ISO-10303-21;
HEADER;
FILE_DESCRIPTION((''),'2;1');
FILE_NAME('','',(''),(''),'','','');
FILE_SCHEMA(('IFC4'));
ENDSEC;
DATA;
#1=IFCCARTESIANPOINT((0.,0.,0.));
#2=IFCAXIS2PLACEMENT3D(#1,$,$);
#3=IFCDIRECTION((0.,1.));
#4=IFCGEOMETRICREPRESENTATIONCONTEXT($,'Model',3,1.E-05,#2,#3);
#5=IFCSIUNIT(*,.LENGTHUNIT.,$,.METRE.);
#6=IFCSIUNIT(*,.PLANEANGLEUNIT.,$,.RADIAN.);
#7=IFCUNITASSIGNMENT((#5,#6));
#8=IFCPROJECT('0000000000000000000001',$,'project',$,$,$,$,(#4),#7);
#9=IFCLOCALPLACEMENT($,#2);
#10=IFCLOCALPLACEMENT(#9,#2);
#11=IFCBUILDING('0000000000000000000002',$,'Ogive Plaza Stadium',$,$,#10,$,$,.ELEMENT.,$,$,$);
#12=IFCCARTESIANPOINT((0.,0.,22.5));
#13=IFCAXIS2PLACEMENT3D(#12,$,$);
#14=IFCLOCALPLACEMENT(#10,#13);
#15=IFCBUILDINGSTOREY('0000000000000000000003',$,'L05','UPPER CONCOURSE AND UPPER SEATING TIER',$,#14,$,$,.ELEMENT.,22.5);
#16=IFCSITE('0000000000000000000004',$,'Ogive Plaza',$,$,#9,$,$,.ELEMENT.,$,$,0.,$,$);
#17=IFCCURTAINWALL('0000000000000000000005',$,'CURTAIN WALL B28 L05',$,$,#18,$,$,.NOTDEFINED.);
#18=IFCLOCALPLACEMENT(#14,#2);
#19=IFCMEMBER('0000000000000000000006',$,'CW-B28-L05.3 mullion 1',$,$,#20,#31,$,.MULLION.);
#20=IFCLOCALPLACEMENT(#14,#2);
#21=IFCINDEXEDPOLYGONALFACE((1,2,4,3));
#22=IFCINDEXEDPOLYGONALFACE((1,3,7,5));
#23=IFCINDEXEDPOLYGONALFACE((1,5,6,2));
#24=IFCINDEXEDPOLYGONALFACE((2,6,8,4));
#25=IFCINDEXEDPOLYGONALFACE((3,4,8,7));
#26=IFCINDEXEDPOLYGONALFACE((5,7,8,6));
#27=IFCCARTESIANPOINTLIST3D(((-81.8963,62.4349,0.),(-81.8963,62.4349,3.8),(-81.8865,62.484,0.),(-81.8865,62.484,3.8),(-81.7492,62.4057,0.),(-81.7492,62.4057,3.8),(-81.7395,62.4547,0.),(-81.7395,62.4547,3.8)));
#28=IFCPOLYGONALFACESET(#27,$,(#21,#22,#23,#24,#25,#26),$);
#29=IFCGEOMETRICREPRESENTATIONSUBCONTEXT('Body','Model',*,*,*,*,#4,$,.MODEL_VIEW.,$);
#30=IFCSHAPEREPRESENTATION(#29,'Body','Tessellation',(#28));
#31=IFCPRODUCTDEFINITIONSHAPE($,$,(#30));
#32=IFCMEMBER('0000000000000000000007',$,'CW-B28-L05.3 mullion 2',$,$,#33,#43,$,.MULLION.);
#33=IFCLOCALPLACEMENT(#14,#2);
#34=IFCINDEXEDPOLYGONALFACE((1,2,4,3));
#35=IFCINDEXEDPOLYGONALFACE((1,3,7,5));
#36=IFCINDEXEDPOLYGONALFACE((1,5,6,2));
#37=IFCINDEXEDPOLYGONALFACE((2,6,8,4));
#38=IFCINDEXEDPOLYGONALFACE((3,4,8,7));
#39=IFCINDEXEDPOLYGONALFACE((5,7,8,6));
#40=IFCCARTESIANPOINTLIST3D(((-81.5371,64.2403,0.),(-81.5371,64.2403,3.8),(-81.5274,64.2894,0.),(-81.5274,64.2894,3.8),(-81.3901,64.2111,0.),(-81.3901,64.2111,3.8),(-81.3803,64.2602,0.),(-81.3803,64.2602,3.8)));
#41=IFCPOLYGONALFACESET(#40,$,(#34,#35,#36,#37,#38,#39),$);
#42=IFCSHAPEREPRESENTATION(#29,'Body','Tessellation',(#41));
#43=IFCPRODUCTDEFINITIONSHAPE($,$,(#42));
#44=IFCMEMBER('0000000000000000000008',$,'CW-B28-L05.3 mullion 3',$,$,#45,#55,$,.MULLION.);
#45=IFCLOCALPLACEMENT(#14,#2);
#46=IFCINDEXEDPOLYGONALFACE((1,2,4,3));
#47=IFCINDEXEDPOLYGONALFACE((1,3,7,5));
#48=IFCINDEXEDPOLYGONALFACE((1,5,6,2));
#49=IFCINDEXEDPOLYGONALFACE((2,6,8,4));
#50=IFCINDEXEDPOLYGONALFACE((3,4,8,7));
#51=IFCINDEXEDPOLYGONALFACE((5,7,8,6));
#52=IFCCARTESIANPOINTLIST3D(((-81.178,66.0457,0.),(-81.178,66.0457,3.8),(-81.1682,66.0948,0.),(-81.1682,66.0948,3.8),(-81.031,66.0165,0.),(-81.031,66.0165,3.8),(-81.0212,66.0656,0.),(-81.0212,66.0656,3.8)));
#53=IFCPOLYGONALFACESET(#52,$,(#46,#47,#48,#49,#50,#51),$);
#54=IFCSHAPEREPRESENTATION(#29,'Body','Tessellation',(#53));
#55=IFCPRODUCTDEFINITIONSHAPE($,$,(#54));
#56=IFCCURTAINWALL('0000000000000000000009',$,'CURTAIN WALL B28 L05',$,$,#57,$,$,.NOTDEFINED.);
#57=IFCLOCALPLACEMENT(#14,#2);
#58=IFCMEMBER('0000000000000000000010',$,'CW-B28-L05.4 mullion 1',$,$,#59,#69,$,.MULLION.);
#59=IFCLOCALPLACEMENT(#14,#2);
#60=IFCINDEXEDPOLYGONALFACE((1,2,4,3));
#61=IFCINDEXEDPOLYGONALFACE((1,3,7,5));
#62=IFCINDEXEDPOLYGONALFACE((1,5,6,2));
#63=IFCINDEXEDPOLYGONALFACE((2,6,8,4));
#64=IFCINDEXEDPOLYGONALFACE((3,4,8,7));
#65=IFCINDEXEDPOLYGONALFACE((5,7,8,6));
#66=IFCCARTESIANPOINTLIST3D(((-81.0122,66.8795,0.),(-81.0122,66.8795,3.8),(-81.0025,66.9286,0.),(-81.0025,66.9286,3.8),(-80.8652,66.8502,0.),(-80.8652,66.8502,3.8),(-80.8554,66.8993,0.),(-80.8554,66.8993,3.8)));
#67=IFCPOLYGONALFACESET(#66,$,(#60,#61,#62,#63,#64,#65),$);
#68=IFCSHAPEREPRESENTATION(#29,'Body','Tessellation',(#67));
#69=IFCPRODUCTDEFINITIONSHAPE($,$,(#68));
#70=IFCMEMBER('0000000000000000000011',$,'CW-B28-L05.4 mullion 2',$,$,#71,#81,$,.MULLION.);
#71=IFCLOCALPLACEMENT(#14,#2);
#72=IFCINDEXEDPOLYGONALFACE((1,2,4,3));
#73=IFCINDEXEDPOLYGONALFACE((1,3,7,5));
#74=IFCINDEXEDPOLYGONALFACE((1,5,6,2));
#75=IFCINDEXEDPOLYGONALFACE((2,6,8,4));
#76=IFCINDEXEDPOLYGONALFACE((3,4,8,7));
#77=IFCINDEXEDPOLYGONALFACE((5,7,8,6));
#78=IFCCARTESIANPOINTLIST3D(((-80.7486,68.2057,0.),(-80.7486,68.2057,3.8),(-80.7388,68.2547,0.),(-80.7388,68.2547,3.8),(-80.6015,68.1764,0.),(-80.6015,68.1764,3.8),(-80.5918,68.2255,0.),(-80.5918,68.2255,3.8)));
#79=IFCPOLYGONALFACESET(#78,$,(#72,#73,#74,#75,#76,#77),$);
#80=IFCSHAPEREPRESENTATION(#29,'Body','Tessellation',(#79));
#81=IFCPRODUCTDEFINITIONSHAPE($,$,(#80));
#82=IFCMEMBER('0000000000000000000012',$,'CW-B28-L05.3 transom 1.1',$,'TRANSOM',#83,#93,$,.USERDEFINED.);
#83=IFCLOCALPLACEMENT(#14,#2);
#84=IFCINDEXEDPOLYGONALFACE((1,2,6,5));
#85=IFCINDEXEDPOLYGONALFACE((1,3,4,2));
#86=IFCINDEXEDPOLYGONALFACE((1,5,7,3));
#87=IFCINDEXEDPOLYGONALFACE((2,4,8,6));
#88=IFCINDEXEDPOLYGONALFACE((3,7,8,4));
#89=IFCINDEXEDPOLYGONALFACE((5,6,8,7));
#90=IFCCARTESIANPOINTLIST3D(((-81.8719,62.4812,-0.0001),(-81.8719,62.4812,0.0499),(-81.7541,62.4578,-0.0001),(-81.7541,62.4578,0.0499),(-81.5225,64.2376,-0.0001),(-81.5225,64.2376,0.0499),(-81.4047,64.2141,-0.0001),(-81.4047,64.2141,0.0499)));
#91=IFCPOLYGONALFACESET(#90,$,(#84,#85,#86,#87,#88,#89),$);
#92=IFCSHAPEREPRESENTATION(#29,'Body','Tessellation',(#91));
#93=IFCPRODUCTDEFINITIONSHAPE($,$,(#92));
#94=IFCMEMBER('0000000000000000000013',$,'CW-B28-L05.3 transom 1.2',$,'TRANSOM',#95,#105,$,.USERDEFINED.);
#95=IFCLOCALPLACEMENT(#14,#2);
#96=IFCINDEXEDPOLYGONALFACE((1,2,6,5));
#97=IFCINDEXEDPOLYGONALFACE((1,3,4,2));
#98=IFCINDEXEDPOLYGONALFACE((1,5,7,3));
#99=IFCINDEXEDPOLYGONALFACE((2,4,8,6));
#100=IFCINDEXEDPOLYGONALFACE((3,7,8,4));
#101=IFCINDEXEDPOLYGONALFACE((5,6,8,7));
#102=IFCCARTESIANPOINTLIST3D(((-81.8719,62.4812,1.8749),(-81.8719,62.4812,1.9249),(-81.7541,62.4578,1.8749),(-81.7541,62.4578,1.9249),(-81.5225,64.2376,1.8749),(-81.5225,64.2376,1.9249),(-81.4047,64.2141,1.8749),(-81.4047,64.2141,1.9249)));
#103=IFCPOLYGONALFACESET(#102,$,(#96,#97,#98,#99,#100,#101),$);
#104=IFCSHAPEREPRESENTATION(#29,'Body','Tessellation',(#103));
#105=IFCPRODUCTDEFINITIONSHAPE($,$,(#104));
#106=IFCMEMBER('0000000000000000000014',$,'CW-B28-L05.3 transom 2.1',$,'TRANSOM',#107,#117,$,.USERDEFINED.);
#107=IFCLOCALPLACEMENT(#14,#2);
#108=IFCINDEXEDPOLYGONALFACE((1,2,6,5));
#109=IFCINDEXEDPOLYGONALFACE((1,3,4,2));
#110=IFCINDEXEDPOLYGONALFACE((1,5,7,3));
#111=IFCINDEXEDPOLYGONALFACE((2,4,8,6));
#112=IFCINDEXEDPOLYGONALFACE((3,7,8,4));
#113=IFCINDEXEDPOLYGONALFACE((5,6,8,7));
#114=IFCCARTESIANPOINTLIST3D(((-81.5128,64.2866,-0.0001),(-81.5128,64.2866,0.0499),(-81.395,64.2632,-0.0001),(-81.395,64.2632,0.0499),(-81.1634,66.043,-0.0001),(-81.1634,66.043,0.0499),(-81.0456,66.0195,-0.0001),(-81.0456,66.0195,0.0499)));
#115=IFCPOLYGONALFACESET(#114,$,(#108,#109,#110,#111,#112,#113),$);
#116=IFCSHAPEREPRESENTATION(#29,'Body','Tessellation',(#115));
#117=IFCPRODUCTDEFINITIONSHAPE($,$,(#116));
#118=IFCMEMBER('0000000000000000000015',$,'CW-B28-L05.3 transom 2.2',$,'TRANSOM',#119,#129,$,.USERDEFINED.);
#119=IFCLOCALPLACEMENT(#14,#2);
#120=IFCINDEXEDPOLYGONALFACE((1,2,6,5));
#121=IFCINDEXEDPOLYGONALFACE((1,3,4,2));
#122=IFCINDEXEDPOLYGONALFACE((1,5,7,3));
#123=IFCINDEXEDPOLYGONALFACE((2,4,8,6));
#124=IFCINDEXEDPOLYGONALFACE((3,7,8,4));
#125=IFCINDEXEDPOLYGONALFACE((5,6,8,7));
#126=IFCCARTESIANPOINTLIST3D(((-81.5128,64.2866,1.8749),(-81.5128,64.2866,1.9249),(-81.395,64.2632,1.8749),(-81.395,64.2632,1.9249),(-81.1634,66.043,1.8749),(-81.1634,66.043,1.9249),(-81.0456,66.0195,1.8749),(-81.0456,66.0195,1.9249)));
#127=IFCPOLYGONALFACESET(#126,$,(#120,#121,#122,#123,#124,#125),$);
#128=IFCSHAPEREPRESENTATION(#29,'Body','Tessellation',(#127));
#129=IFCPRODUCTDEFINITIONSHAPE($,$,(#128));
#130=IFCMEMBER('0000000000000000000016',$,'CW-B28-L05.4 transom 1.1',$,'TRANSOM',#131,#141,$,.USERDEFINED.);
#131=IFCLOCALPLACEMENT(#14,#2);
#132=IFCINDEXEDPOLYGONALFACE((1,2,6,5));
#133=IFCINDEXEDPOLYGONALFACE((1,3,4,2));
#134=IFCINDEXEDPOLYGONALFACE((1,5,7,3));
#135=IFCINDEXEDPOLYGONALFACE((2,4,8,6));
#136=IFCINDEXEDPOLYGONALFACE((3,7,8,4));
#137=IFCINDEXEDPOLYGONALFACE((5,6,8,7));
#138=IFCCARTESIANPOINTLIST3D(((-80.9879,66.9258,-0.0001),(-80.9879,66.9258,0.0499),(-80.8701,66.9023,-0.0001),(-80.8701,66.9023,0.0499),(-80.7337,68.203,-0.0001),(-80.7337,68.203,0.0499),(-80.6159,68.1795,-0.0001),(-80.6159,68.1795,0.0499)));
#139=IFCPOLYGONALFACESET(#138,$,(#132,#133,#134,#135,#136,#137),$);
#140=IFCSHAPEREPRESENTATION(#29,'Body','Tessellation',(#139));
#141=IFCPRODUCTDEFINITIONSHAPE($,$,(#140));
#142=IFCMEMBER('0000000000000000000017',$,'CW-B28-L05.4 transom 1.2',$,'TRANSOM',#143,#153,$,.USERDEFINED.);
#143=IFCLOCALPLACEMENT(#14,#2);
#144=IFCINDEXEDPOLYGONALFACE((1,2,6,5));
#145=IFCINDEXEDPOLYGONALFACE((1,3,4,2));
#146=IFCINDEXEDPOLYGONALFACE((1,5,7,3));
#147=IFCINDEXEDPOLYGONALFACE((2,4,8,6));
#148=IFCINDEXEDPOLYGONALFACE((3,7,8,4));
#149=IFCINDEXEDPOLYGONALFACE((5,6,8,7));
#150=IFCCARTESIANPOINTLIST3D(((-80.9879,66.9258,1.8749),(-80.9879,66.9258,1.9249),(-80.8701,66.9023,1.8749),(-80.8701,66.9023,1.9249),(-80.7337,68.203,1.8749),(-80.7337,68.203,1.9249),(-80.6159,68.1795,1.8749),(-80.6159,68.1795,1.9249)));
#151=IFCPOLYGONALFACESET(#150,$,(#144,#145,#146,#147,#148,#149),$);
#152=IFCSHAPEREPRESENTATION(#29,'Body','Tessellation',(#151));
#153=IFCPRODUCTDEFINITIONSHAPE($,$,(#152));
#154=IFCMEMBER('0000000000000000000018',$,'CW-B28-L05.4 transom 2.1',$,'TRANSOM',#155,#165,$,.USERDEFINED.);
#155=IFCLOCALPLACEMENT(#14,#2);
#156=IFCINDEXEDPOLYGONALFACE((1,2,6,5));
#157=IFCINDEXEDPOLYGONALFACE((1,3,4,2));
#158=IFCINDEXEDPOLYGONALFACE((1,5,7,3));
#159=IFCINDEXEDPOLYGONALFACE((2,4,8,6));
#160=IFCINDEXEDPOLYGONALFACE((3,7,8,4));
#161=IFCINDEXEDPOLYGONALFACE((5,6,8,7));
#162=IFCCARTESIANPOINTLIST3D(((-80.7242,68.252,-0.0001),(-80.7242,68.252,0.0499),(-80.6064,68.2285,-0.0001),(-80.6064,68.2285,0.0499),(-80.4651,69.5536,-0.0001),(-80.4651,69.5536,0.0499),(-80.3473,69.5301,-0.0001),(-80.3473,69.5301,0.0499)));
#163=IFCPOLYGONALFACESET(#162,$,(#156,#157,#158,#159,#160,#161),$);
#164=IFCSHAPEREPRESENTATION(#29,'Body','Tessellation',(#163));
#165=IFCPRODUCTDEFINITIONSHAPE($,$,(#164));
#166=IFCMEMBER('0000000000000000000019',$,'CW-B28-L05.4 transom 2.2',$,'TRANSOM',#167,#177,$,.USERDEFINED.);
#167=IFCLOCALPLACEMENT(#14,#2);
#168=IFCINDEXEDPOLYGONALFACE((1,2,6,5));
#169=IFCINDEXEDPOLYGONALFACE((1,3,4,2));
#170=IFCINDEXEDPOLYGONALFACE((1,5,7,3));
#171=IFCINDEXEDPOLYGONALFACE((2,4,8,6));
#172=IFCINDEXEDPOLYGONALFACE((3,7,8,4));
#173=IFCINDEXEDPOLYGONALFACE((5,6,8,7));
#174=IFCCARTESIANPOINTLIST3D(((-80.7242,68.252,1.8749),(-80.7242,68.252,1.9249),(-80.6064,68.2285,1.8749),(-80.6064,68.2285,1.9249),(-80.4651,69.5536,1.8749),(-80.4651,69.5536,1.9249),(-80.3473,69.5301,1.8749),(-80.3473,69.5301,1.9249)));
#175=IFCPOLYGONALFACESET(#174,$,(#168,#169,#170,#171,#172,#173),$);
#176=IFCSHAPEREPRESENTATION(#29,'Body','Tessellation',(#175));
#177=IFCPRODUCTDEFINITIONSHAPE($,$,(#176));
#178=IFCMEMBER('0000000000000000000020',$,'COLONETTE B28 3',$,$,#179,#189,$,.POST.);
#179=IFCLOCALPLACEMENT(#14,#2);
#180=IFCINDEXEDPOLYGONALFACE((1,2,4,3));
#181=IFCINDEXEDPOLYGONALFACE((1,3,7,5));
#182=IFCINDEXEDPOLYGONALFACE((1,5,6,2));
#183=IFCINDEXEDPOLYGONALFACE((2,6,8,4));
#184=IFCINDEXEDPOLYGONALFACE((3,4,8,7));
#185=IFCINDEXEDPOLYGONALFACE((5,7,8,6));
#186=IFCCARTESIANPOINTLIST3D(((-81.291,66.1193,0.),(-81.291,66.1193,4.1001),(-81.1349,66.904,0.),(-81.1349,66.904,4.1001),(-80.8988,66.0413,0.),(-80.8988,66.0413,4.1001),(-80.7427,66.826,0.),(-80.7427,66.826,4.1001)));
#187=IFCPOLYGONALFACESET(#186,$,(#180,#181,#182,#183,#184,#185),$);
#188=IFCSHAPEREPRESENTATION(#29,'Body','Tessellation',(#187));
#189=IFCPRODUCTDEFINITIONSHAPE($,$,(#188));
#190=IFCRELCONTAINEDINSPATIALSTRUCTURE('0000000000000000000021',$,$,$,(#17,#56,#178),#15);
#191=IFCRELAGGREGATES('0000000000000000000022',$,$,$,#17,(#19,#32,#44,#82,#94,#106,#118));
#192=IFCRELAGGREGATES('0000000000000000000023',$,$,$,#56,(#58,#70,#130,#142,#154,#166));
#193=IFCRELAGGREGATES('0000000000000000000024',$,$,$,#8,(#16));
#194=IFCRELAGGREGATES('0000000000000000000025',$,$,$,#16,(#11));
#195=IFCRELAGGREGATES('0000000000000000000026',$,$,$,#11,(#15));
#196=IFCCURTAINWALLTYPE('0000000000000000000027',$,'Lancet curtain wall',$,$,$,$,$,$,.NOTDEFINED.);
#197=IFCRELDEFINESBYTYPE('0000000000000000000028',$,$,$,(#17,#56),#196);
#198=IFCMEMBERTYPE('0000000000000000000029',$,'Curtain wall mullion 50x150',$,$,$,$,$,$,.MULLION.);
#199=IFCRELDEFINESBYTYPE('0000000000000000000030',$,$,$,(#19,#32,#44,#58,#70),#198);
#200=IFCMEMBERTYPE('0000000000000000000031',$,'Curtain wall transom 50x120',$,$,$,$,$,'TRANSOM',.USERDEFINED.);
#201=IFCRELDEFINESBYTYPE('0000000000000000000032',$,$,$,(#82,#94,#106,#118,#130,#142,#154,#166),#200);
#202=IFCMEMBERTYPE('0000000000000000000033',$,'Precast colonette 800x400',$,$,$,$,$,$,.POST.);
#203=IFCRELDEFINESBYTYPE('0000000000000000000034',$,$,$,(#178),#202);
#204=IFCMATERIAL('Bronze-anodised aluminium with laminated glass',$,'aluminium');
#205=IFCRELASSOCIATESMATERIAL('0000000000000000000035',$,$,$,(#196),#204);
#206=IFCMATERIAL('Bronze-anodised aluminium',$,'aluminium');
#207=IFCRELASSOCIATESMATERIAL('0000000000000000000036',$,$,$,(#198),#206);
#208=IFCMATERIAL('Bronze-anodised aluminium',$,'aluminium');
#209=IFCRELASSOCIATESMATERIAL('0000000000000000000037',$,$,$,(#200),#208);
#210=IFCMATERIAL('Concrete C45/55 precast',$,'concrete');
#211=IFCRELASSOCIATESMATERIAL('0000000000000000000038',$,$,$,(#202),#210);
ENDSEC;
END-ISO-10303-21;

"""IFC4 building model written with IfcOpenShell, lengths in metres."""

from ifc_helpers import new_model, si_unit, direction, frame, origin, origin_2d, place, context, subcontext, project, spatial, rectangle, extrude, material, material_profile, profile_set, type_object, element, aggregate, save


model = new_model("IFC4")

# Units and contexts
model_context = context("Model", 3, precision=1e-05, world=origin(), true_north=direction((0.0, 1.0)))
body_context = subcontext(model_context, "Body", "Model", "MODEL_VIEW")
ifc_project = project(units=[si_unit("LENGTHUNIT", "METRE"), si_unit("PLANEANGLEUNIT", "RADIAN")], contexts=[model_context])

# Site, building, storey
site_placement = place(None, origin())
site = spatial("IfcSite", under=ifc_project, at=site_placement, Name="Ogive Plaza", CompositionType="ELEMENT", RefElevation=0.0)
building_placement = place(site_placement, origin())
building = spatial("IfcBuilding", under=site, at=building_placement, Name="Ogive Plaza Stadium", CompositionType="ELEMENT")
storey_placement = place(building_placement, frame((0.0, 0.0, 22.5)))
storey = spatial("IfcBuildingStorey", under=building, at=storey_placement, Name="L05", Description="UPPER CONCOURSE AND UPPER SEATING TIER", CompositionType="ELEMENT", Elevation=22.5)

# Curtain walls, members
ifc_material_1 = material(Name="Bronze-anodised aluminium with laminated glass", Category="aluminium")
curtain_wall_type = type_object("IfcCurtainWallType", Name="Lancet curtain wall", PredefinedType="NOTDEFINED", material=ifc_material_1)
curtain_wall_1_placement = place(storey_placement, origin())
curtain_wall_1 = element("IfcCurtainWall", 1, at=curtain_wall_1_placement, inside=storey, type_object=curtain_wall_type, Name="CURTAIN WALL B28 L05", PredefinedType="NOTDEFINED")
ifc_material_2 = material(Name="Bronze-anodised aluminium", Category="aluminium")
ifc_material_profile_1 = material_profile(ifc_material_2, rectangle(XDim=0.1499, YDim=0.05, at=origin_2d()), Name="AL 150x50")
ifc_profile_set_1 = profile_set([ifc_material_profile_1], Name="Bronze-anodised aluminium")
member_type_1 = type_object("IfcMemberType", Name="Curtain wall mullion 50x150", PredefinedType="MULLION", material=ifc_profile_set_1)
member_1_placement = place(storey_placement, frame((-81.8179, 62.4448, 0.0), z_axis=(0.0, 0.0, 1.0), x_axis=(-0.980785, 0.19509, 0.0)))
member_1 = element("IfcMember", 2, at=member_1_placement, type_object=member_type_1, Name="CW-B28-L05.3 mullion 1", PredefinedType="MULLION", context=body_context, shape_type="SweptSolid", body=[
    extrude(rectangle(XDim=0.1499, YDim=0.05, at=origin_2d()), origin(), (0.0, 0.0, 1.0), 3.8),
])
member_2_placement = place(storey_placement, frame((-81.4587, 64.2502, 0.0), z_axis=(0.0, 0.0, 1.0), x_axis=(-0.980785, 0.19509, 0.0)))
member_2 = element("IfcMember", 3, at=member_2_placement, type_object=member_type_1, Name="CW-B28-L05.3 mullion 2", PredefinedType="MULLION", context=body_context, shape_type="SweptSolid", body=[
    extrude(rectangle(XDim=0.1499, YDim=0.05, at=origin_2d()), origin(), (0.0, 0.0, 1.0), 3.8),
])
member_3_placement = place(storey_placement, frame((-81.0996, 66.0557, 0.0), z_axis=(0.0, 0.0, 1.0), x_axis=(-0.980785, 0.19509, 0.0)))
member_3 = element("IfcMember", 4, at=member_3_placement, type_object=member_type_1, Name="CW-B28-L05.3 mullion 3", PredefinedType="MULLION", context=body_context, shape_type="SweptSolid", body=[
    extrude(rectangle(XDim=0.1499, YDim=0.05, at=origin_2d()), origin(), (0.0, 0.0, 1.0), 3.8),
])
curtain_wall_2_placement = place(storey_placement, origin())
curtain_wall_2 = element("IfcCurtainWall", 5, at=curtain_wall_2_placement, inside=storey, type_object=curtain_wall_type, Name="CURTAIN WALL B28 L05", PredefinedType="NOTDEFINED")
member_4_placement = place(storey_placement, frame((-80.9338, 66.8894, 0.0), z_axis=(0.0, 0.0, 1.0), x_axis=(-0.980785, 0.19509, 0.0)))
member_4 = element("IfcMember", 6, at=member_4_placement, type_object=member_type_1, Name="CW-B28-L05.4 mullion 1", PredefinedType="MULLION", context=body_context, shape_type="SweptSolid", body=[
    extrude(rectangle(XDim=0.1499, YDim=0.05, at=origin_2d()), origin(), (0.0, 0.0, 1.0), 3.8),
])
member_5_placement = place(storey_placement, frame((-80.6702, 68.2156, 0.0), z_axis=(0.0, 0.0, 1.0), x_axis=(-0.980785, 0.19509, 0.0)))
member_5 = element("IfcMember", 7, at=member_5_placement, type_object=member_type_1, Name="CW-B28-L05.4 mullion 2", PredefinedType="MULLION", context=body_context, shape_type="SweptSolid", body=[
    extrude(rectangle(XDim=0.1499, YDim=0.05, at=origin_2d()), origin(), (0.0, 0.0, 1.0), 3.8),
])

# Members
ifc_material_3 = material(Name="Bronze-anodised aluminium", Category="aluminium")
ifc_material_profile_2 = material_profile(ifc_material_3, rectangle(XDim=0.1201, YDim=0.05, at=origin_2d()), Name="AL 120x50")
ifc_profile_set_2 = profile_set([ifc_material_profile_2], Name="Bronze-anodised aluminium")
member_type_2 = type_object("IfcMemberType", Name="Curtain wall transom 50x120", ElementType="TRANSOM", PredefinedType="USERDEFINED", material=ifc_profile_set_2)
member_6_placement = place(storey_placement, frame((-81.813, 62.4695, 0.0249), z_axis=(0.195094, 0.980785, 0.0), x_axis=(-0.980785, 0.195094, 0.0)))
member_6 = element("IfcMember", 8, at=member_6_placement, type_object=member_type_2, Name="CW-B28-L05.3 transom 1.1", ObjectType="TRANSOM", PredefinedType="USERDEFINED", context=body_context, shape_type="SweptSolid", body=[
    extrude(rectangle(XDim=0.1201, YDim=0.05, at=origin_2d()), origin(), (0.0, 0.0, 1.0), 1.7908),
])
member_7_placement = place(storey_placement, frame((-81.813, 62.4695, 1.8999), z_axis=(0.195094, 0.980785, 0.0), x_axis=(-0.980785, 0.195094, 0.0)))
member_7 = element("IfcMember", 9, at=member_7_placement, type_object=member_type_2, Name="CW-B28-L05.3 transom 1.2", ObjectType="TRANSOM", PredefinedType="USERDEFINED", context=body_context, shape_type="SweptSolid", body=[
    extrude(rectangle(XDim=0.1201, YDim=0.05, at=origin_2d()), origin(), (0.0, 0.0, 1.0), 1.7908),
])
member_8_placement = place(storey_placement, frame((-81.4539, 64.2749, 0.0249), z_axis=(0.195094, 0.980785, 0.0), x_axis=(-0.980785, 0.195094, 0.0)))
member_8 = element("IfcMember", 10, at=member_8_placement, type_object=member_type_2, Name="CW-B28-L05.3 transom 2.1", ObjectType="TRANSOM", PredefinedType="USERDEFINED", context=body_context, shape_type="SweptSolid", body=[
    extrude(rectangle(XDim=0.1201, YDim=0.05, at=origin_2d()), origin(), (0.0, 0.0, 1.0), 1.7908),
])
member_9_placement = place(storey_placement, frame((-81.4539, 64.2749, 1.8999), z_axis=(0.195094, 0.980785, 0.0), x_axis=(-0.980785, 0.195094, 0.0)))
member_9 = element("IfcMember", 11, at=member_9_placement, type_object=member_type_2, Name="CW-B28-L05.3 transom 2.2", ObjectType="TRANSOM", PredefinedType="USERDEFINED", context=body_context, shape_type="SweptSolid", body=[
    extrude(rectangle(XDim=0.1201, YDim=0.05, at=origin_2d()), origin(), (0.0, 0.0, 1.0), 1.7908),
])
member_10_placement = place(storey_placement, frame((-80.929, 66.9141, 0.0249), z_axis=(0.195179, 0.980768, 0.0), x_axis=(-0.980768, 0.195179, 0.0)))
member_10 = element("IfcMember", 12, at=member_10_placement, type_object=member_type_2, Name="CW-B28-L05.4 transom 1.1", ObjectType="TRANSOM", PredefinedType="USERDEFINED", context=body_context, shape_type="SweptSolid", body=[
    extrude(rectangle(XDim=0.1201, YDim=0.05, at=origin_2d()), origin(), (0.0, 0.0, 1.0), 1.3022),
])
member_11_placement = place(storey_placement, frame((-80.929, 66.9141, 1.8999), z_axis=(0.195179, 0.980768, 0.0), x_axis=(-0.980768, 0.195179, 0.0)))
member_11 = element("IfcMember", 13, at=member_11_placement, type_object=member_type_2, Name="CW-B28-L05.4 transom 1.2", ObjectType="TRANSOM", PredefinedType="USERDEFINED", context=body_context, shape_type="SweptSolid", body=[
    extrude(rectangle(XDim=0.1201, YDim=0.05, at=origin_2d()), origin(), (0.0, 0.0, 1.0), 1.3022),
])
member_12_placement = place(storey_placement, frame((-80.6653, 68.2402, 0.0249), z_axis=(0.195196, 0.980764, 0.0), x_axis=(-0.980764, 0.195196, 0.0)))
member_12 = element("IfcMember", 14, at=member_12_placement, type_object=member_type_2, Name="CW-B28-L05.4 transom 2.1", ObjectType="TRANSOM", PredefinedType="USERDEFINED", context=body_context, shape_type="SweptSolid", body=[
    extrude(rectangle(XDim=0.1201, YDim=0.05, at=origin_2d()), origin(), (0.0, 0.0, 1.0), 1.3271),
])
member_13_placement = place(storey_placement, frame((-80.6653, 68.2402, 1.8999), z_axis=(0.195196, 0.980764, 0.0), x_axis=(-0.980764, 0.195196, 0.0)))
member_13 = element("IfcMember", 15, at=member_13_placement, type_object=member_type_2, Name="CW-B28-L05.4 transom 2.2", ObjectType="TRANSOM", PredefinedType="USERDEFINED", context=body_context, shape_type="SweptSolid", body=[
    extrude(rectangle(XDim=0.1201, YDim=0.05, at=origin_2d()), origin(), (0.0, 0.0, 1.0), 1.3271),
])
ifc_material_4 = material(Name="Concrete C45/55 precast", Category="concrete")
ifc_material_profile_3 = material_profile(ifc_material_4, rectangle(XDim=0.3999, YDim=0.8, at=origin_2d()), Name="RC 400x800")
ifc_profile_set_3 = profile_set([ifc_material_profile_3], Name="Concrete C45/55 precast")
member_type_3 = type_object("IfcMemberType", Name="Precast colonette 800x400", PredefinedType="POST", material=ifc_profile_set_3)
member_14_placement = place(storey_placement, frame((-81.0168, 66.4727, 0.0), z_axis=(0.0, 0.0, 1.0), x_axis=(-0.980785, 0.19509, 0.0)))
element("IfcMember", 16, at=member_14_placement, inside=storey, type_object=member_type_3, Name="COLONETTE B28 3", PredefinedType="POST", context=body_context, shape_type="SweptSolid", body=[
    extrude(rectangle(XDim=0.3999, YDim=0.8, at=origin_2d()), origin(), (0.0, 0.0, 1.0), 4.1001),
])

aggregate(curtain_wall_1, [member_1, member_2, member_3, member_6, member_7, member_8, member_9])
aggregate(curtain_wall_2, [member_4, member_5, member_10, member_11, member_12, member_13])

save(model, "model.ifc")
